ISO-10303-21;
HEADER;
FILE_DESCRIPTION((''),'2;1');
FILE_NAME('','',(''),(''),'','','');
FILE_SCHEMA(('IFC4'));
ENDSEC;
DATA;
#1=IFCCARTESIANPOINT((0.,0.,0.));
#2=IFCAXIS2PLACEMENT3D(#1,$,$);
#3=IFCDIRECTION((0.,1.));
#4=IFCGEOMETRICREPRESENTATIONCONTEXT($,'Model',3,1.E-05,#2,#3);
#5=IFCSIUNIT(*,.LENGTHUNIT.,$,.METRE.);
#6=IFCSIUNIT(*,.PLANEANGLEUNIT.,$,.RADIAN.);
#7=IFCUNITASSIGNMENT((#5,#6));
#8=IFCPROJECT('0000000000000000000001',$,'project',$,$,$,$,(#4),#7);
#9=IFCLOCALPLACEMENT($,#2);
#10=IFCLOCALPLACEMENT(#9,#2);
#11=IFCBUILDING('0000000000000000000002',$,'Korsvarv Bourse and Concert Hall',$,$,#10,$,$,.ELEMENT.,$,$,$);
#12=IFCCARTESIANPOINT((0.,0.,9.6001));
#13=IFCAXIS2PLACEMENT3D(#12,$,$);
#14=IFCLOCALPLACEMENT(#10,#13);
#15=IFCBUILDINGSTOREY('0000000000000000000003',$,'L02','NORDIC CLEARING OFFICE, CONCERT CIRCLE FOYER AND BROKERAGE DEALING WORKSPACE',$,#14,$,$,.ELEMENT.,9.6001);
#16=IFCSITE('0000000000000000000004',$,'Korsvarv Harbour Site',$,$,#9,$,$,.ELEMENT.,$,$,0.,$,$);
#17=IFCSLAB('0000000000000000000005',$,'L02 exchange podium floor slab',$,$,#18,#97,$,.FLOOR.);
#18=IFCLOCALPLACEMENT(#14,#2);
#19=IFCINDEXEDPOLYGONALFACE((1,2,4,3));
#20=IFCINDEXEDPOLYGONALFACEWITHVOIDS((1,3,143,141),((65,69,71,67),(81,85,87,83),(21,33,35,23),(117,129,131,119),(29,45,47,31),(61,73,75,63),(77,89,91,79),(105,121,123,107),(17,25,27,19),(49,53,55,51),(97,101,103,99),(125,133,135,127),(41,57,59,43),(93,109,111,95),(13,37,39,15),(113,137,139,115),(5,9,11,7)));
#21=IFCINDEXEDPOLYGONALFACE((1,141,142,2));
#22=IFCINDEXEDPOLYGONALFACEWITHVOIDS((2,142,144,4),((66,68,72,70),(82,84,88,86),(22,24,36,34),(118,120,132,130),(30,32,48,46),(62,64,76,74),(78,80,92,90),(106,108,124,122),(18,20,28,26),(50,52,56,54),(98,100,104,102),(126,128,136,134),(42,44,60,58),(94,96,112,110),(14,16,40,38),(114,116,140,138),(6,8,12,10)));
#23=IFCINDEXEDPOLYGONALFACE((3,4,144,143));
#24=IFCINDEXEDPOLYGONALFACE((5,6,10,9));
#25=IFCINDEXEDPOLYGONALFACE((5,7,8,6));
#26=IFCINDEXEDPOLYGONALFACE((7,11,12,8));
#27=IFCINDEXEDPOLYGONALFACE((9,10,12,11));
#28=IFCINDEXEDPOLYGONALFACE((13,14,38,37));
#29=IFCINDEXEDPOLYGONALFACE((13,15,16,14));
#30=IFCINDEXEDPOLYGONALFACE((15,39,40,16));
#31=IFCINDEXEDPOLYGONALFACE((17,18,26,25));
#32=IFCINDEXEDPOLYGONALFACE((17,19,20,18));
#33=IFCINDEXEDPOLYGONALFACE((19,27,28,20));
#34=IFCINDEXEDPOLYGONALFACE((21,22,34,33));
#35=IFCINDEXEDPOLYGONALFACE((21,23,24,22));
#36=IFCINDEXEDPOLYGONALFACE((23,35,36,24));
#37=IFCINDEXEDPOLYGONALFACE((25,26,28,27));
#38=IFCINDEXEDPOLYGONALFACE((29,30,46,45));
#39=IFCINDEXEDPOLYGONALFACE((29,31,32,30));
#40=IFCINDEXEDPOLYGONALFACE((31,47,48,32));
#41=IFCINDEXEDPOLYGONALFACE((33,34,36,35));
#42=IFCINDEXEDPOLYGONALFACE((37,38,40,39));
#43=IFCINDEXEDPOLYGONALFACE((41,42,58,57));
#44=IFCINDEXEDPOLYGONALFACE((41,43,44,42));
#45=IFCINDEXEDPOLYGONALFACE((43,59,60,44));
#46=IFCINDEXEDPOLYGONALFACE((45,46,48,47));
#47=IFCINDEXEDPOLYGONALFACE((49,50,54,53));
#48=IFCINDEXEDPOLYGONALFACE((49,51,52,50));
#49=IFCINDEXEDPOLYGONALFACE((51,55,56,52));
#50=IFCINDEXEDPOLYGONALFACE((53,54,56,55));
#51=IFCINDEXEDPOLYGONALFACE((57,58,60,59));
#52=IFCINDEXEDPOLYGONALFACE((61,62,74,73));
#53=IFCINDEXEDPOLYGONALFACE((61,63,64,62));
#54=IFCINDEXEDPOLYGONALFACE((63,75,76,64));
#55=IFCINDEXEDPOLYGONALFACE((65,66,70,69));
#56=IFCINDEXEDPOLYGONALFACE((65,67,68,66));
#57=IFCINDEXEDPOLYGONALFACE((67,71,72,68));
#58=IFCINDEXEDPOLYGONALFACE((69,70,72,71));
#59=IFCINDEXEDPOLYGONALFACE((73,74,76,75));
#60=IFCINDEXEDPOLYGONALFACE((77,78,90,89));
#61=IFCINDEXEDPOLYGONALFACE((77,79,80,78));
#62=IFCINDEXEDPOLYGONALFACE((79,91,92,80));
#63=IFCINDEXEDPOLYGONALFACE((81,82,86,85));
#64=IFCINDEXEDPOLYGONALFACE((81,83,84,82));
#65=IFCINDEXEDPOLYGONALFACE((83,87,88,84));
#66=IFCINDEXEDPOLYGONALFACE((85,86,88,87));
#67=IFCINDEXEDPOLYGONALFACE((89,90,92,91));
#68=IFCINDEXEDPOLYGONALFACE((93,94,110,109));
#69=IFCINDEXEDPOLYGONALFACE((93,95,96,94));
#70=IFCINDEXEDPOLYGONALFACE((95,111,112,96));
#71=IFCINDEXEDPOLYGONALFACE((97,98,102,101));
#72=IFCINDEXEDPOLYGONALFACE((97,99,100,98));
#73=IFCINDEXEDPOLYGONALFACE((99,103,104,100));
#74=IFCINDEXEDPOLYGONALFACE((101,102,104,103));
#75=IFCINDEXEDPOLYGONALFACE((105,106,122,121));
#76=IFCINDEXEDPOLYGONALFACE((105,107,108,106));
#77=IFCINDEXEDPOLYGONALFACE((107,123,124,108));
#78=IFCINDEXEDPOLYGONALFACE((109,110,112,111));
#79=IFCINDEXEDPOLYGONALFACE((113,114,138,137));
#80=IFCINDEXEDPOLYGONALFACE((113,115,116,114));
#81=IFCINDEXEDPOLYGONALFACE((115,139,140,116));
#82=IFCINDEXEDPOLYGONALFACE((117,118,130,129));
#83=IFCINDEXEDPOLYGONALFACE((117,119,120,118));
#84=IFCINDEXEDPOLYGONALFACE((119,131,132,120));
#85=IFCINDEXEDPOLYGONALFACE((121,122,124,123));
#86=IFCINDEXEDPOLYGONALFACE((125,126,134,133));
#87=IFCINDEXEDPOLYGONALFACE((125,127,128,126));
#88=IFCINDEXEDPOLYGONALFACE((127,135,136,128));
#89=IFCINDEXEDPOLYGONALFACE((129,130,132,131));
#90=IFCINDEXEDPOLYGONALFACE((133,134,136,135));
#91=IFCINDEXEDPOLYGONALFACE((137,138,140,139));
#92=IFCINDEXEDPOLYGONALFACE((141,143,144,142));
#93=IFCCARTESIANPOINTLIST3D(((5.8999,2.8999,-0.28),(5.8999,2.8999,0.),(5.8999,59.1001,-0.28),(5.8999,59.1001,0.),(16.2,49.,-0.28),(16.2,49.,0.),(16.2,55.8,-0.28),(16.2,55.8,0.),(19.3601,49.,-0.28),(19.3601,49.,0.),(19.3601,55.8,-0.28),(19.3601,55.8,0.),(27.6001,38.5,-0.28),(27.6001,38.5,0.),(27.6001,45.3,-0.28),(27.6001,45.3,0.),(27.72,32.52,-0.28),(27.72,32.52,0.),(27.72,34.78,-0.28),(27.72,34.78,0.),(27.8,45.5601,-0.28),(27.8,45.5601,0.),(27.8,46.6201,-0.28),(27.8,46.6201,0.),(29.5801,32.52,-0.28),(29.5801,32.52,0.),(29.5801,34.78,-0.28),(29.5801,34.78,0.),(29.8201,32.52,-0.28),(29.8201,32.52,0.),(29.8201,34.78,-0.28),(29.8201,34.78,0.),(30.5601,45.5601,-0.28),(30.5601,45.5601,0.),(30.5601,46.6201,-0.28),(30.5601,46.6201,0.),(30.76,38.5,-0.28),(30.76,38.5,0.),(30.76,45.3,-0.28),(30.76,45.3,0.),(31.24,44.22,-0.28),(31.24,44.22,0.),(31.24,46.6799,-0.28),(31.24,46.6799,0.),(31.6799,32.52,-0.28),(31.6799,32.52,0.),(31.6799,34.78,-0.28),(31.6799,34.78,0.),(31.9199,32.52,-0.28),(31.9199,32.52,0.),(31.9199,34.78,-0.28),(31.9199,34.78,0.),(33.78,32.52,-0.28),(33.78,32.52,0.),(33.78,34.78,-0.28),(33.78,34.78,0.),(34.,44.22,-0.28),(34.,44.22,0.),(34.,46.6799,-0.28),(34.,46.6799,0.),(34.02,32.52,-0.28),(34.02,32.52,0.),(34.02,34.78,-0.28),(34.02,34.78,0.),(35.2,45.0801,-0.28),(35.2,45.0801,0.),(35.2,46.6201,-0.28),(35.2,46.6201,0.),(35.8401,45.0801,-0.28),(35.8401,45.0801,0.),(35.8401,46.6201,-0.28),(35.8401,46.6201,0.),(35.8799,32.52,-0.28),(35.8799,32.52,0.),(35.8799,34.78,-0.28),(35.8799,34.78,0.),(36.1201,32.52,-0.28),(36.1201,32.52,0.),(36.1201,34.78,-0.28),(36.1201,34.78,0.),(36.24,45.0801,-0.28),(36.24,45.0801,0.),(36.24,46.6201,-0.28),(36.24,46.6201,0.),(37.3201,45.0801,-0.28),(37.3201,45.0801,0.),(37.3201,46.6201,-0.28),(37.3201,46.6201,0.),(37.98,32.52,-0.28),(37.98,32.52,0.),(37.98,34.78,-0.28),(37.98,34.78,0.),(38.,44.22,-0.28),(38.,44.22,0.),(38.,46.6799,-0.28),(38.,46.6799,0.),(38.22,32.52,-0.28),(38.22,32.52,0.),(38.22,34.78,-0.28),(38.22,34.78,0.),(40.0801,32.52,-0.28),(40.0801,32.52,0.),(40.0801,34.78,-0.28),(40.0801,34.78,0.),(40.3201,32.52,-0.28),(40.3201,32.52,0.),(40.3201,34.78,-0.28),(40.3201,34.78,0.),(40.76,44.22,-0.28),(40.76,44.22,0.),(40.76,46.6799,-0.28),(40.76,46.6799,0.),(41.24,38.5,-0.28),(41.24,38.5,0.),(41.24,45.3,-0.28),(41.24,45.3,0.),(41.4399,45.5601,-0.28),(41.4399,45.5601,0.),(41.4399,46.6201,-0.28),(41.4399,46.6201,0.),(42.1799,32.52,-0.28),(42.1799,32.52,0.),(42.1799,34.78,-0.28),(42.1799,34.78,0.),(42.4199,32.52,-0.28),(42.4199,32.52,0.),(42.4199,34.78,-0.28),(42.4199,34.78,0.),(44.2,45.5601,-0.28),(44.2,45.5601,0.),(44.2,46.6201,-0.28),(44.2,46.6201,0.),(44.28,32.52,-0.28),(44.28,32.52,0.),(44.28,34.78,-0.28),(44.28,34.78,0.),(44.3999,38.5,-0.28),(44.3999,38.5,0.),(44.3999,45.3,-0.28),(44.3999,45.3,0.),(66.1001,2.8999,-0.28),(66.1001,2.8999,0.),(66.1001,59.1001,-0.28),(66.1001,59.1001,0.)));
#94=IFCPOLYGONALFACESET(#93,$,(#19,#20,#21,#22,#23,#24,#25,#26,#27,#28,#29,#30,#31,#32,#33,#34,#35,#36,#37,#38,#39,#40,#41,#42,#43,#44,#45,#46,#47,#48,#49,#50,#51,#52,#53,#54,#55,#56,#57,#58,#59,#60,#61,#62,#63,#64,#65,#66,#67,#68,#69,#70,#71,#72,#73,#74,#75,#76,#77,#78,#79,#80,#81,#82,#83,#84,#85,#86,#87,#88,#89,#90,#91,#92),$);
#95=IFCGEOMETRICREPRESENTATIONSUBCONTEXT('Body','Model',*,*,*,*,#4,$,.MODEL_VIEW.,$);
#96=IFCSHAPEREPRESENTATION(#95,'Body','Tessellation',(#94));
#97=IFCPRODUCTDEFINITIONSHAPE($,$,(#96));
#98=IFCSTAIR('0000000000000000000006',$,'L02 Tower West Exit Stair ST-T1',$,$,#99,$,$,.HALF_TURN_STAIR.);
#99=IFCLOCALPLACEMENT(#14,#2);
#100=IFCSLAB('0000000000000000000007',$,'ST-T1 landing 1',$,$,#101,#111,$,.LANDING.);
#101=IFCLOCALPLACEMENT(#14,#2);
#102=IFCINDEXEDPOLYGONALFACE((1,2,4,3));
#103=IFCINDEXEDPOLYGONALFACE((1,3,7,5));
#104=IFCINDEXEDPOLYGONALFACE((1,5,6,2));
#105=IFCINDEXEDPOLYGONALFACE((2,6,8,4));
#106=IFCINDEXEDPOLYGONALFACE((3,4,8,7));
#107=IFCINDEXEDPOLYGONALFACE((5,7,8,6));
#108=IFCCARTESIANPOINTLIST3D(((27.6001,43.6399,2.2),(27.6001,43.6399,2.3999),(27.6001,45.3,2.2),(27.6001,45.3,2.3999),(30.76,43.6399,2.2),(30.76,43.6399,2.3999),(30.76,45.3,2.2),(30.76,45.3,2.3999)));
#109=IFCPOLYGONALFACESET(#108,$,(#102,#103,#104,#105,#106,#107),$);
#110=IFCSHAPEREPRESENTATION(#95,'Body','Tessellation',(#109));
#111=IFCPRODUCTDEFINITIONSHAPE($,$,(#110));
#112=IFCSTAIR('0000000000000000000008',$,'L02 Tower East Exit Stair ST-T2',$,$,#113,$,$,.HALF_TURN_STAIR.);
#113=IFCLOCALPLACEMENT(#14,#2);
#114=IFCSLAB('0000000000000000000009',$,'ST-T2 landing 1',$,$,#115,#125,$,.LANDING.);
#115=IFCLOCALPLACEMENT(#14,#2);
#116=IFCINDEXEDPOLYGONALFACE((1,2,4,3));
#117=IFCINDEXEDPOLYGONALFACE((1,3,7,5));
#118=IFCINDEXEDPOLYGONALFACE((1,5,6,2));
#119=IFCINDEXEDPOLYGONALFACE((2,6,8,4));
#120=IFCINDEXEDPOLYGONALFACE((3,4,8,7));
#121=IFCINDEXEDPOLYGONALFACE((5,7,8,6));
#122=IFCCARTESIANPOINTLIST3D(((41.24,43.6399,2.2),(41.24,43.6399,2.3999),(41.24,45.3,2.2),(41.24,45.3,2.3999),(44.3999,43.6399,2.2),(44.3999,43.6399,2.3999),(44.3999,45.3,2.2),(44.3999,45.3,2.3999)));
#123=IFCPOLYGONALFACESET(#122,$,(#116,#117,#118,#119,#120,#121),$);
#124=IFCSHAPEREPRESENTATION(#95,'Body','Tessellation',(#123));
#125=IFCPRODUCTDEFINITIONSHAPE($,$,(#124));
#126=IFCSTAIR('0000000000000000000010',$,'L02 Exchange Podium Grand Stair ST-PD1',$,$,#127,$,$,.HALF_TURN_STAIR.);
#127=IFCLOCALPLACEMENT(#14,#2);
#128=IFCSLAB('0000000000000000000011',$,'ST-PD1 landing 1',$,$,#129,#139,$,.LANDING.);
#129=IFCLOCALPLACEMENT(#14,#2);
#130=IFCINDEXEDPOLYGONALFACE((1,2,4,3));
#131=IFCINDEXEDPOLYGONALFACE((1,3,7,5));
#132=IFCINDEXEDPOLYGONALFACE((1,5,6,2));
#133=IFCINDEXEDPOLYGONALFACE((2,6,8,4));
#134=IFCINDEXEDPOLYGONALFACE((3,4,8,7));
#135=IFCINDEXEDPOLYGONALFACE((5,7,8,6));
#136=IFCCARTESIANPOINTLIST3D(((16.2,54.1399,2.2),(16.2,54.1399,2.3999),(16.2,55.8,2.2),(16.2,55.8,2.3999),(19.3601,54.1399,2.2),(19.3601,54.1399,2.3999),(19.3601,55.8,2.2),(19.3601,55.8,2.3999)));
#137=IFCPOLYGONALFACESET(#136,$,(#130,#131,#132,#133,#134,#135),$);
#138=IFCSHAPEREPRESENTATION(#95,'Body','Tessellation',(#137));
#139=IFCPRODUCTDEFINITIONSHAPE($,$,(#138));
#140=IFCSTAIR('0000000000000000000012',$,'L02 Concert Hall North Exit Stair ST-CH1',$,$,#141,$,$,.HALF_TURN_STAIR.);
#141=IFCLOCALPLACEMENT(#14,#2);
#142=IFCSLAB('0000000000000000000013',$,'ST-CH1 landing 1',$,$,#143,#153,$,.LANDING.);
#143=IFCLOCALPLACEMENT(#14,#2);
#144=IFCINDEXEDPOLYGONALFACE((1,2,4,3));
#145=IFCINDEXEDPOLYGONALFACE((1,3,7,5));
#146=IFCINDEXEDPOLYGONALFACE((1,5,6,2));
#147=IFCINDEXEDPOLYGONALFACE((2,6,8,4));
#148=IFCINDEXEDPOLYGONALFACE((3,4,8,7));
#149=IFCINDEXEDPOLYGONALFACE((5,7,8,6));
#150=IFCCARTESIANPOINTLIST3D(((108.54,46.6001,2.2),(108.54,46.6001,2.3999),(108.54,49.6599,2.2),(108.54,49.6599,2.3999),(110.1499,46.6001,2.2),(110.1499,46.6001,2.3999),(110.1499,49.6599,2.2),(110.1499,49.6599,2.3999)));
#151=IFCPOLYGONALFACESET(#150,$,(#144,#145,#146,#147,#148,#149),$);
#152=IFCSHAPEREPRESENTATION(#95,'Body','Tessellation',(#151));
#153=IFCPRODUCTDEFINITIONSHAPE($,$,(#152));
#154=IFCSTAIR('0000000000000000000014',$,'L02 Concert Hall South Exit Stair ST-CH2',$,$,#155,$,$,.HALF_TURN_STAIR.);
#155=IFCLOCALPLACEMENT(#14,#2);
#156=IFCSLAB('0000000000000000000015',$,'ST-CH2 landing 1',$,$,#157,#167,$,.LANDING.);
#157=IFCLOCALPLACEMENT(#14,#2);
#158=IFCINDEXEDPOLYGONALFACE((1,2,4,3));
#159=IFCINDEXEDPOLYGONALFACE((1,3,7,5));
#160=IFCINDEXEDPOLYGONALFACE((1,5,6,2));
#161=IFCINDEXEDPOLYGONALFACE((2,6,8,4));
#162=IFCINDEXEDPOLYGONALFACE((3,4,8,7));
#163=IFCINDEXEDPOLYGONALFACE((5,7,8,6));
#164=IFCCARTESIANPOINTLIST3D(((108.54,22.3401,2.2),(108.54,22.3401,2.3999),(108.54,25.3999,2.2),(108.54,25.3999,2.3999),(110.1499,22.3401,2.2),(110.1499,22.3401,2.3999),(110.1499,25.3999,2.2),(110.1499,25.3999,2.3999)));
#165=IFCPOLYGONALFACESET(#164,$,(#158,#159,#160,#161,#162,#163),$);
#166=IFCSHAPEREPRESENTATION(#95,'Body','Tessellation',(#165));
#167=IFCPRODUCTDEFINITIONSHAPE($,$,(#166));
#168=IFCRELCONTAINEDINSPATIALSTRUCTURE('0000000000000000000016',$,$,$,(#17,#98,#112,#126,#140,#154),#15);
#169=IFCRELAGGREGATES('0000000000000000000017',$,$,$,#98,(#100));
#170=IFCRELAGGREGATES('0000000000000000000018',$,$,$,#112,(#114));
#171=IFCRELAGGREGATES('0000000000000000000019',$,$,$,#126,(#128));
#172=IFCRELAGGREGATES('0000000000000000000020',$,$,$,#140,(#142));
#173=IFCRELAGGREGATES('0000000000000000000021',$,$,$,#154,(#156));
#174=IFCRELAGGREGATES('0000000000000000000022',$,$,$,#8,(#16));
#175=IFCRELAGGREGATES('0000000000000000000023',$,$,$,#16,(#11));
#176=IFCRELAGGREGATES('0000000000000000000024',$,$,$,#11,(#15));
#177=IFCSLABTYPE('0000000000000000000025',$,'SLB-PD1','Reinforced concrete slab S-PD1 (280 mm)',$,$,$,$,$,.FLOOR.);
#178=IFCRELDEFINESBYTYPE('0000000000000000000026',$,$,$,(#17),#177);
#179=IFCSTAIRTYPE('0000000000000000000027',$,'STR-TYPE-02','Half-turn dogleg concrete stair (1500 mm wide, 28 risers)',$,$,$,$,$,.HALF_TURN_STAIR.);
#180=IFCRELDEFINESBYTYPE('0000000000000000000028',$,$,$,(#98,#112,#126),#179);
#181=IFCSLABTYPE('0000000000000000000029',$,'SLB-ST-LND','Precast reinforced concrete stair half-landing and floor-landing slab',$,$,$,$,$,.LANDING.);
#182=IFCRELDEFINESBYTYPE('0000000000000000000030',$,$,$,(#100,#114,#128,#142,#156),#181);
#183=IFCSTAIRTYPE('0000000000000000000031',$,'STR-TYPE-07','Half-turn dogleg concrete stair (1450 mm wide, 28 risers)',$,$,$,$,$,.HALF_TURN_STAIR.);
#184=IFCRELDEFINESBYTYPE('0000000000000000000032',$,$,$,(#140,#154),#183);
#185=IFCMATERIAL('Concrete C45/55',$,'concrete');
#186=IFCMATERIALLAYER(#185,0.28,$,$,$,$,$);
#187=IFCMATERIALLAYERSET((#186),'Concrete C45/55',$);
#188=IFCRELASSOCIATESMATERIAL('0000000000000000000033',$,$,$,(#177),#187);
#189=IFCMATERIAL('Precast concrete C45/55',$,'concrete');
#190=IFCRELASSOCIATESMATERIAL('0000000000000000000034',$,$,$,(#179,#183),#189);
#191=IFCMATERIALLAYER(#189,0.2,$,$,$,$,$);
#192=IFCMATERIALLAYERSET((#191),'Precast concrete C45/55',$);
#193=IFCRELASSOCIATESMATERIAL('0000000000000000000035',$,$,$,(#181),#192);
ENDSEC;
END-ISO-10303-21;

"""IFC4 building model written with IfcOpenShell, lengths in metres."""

from ifc_helpers import new_model, si_unit, direction, frame, origin, place, context, subcontext, project, spatial, polyline, outline, extrude, material, layer, layer_set, type_object, element, aggregate, save


model = new_model("IFC4")

# Units and contexts
model_context = context("Model", 3, precision=1e-05, world=origin(), true_north=direction((0.0, 1.0)))
body_context = subcontext(model_context, "Body", "Model", "MODEL_VIEW")
ifc_project = project(units=[si_unit("LENGTHUNIT", "METRE"), si_unit("PLANEANGLEUNIT", "RADIAN")], contexts=[model_context])

# Site, building, storey
site_placement = place(None, origin())
site = spatial("IfcSite", under=ifc_project, at=site_placement, Name="Korsvarv Harbour Site", CompositionType="ELEMENT", RefElevation=0.0)
building_placement = place(site_placement, origin())
building = spatial("IfcBuilding", under=site, at=building_placement, Name="Korsvarv Bourse and Concert Hall", CompositionType="ELEMENT")
storey_placement = place(building_placement, frame((0.0, 0.0, 9.6001)))
storey = spatial("IfcBuildingStorey", under=building, at=storey_placement, Name="L02", Description="NORDIC CLEARING OFFICE, CONCERT CIRCLE FOYER AND BROKERAGE DEALING WORKSPACE", CompositionType="ELEMENT", Elevation=9.6001)

# Slab
ifc_material_1 = material(Name="Concrete C45/55", Category="concrete")
ifc_material_2 = material(Name="Precast concrete C45/55", Category="concrete")
ifc_layer_1 = layer(ifc_material_1, 0.28)
ifc_layer_set_1 = layer_set([ifc_layer_1], Name="Concrete C45/55")
slab_type_1 = type_object("IfcSlabType", Name="SLB-PD1", Description="Reinforced concrete slab S-PD1 (280 mm)", PredefinedType="FLOOR", material=ifc_layer_set_1)
slab_1_placement = place(storey_placement, frame((0.0, 0.0, -0.28)))
element("IfcSlab", 1, at=slab_1_placement, inside=storey, type_object=slab_type_1, Name="L02 exchange podium floor slab", PredefinedType="FLOOR", context=body_context, shape_type="SweptSolid", body=[
    extrude(outline(polyline([(66.1001, 2.8999), (66.1001, 59.1001), (5.8999, 59.1001), (5.8999, 2.8999), (66.1001, 2.8999)]), holes=[polyline([(30.76, 38.5), (30.76, 45.3), (27.6001, 45.3), (27.6001, 38.5), (30.76, 38.5)]), polyline([(44.3999, 38.5), (44.3999, 45.3), (41.24, 45.3), (41.24, 38.5), (44.3999, 38.5)]), polyline([(19.3601, 49.0), (19.3601, 55.8), (16.2, 55.8), (16.2, 49.0), (19.3601, 49.0)]), polyline([(31.24, 44.22), (34.0, 44.22), (34.0, 46.6799), (31.24, 46.6799), (31.24, 44.22)]), polyline([(38.0, 44.22), (40.76, 44.22), (40.76, 46.6799), (38.0, 46.6799), (38.0, 44.22)]), polyline([(27.72, 32.52), (29.5801, 32.52), (29.5801, 34.78), (27.72, 34.78), (27.72, 32.52)]), polyline([(29.8201, 32.52), (31.6799, 32.52), (31.6799, 34.78), (29.8201, 34.78), (29.8201, 32.52)]), polyline([(31.9199, 32.52), (33.78, 32.52), (33.78, 34.78), (31.9199, 34.78), (31.9199, 32.52)]), polyline([(34.02, 32.52), (35.8799, 32.52), (35.8799, 34.78), (34.02, 34.78), (34.02, 32.52)]), polyline([(36.1201, 32.52), (37.98, 32.52), (37.98, 34.78), (36.1201, 34.78), (36.1201, 32.52)]), polyline([(38.22, 32.52), (40.0801, 32.52), (40.0801, 34.78), (38.22, 34.78), (38.22, 32.52)]), polyline([(40.3201, 32.52), (42.1799, 32.52), (42.1799, 34.78), (40.3201, 34.78), (40.3201, 32.52)]), polyline([(42.4199, 32.52), (44.28, 32.52), (44.28, 34.78), (42.4199, 34.78), (42.4199, 32.52)]), polyline([(27.8, 45.5601), (30.5601, 45.5601), (30.5601, 46.6201), (27.8, 46.6201), (27.8, 45.5601)]), polyline([(41.4399, 45.5601), (44.2, 45.5601), (44.2, 46.6201), (41.4399, 46.6201), (41.4399, 45.5601)]), polyline([(35.2, 45.0801), (35.8401, 45.0801), (35.8401, 46.6201), (35.2, 46.6201), (35.2, 45.0801)]), polyline([(36.24, 45.0801), (37.3201, 45.0801), (37.3201, 46.6201), (36.24, 46.6201), (36.24, 45.0801)])]), origin(), (0.0, 0.0, 1.0), 0.28),
])

# Stairs, slabs
stair_type_1 = type_object("IfcStairType", Name="STR-TYPE-02", Description="Half-turn dogleg concrete stair (1500 mm wide, 28 risers)", PredefinedType="HALF_TURN_STAIR", material=ifc_material_2)
stair_1_placement = place(storey_placement, origin())
stair_1 = element("IfcStair", 2, at=stair_1_placement, inside=storey, type_object=stair_type_1, Name="L02 Tower West Exit Stair ST-T1", PredefinedType="HALF_TURN_STAIR")
ifc_layer_2 = layer(ifc_material_2, 0.2)
ifc_layer_set_2 = layer_set([ifc_layer_2], Name="Precast concrete C45/55")
slab_type_2 = type_object("IfcSlabType", Name="SLB-ST-LND", Description="Precast reinforced concrete stair half-landing and floor-landing slab", PredefinedType="LANDING", material=ifc_layer_set_2)
slab_2_placement = place(storey_placement, frame((0.0, 0.0, 2.2)))
slab_2 = element("IfcSlab", 3, at=slab_2_placement, type_object=slab_type_2, Name="ST-T1 landing 1", PredefinedType="LANDING", context=body_context, shape_type="SweptSolid", body=[
    extrude(outline(polyline([(30.76, 43.6399), (30.76, 45.3), (27.6001, 45.3), (27.6001, 43.6399), (30.76, 43.6399)])), origin(), (0.0, 0.0, 1.0), 0.2),
])
aggregate(stair_1, [slab_2])
stair_2_placement = place(storey_placement, origin())
stair_2 = element("IfcStair", 4, at=stair_2_placement, inside=storey, type_object=stair_type_1, Name="L02 Tower East Exit Stair ST-T2", PredefinedType="HALF_TURN_STAIR")
slab_3_placement = place(storey_placement, frame((0.0, 0.0, 2.2)))
slab_3 = element("IfcSlab", 5, at=slab_3_placement, type_object=slab_type_2, Name="ST-T2 landing 1", PredefinedType="LANDING", context=body_context, shape_type="SweptSolid", body=[
    extrude(outline(polyline([(44.3999, 43.6399), (44.3999, 45.3), (41.24, 45.3), (41.24, 43.6399), (44.3999, 43.6399)])), origin(), (0.0, 0.0, 1.0), 0.2),
])
aggregate(stair_2, [slab_3])
stair_3_placement = place(storey_placement, origin())
stair_3 = element("IfcStair", 6, at=stair_3_placement, inside=storey, type_object=stair_type_1, Name="L02 Exchange Podium Grand Stair ST-PD1", PredefinedType="HALF_TURN_STAIR")
slab_4_placement = place(storey_placement, frame((0.0, 0.0, 2.2)))
slab_4 = element("IfcSlab", 7, at=slab_4_placement, type_object=slab_type_2, Name="ST-PD1 landing 1", PredefinedType="LANDING", context=body_context, shape_type="SweptSolid", body=[
    extrude(outline(polyline([(19.3601, 54.1399), (19.3601, 55.8), (16.2, 55.8), (16.2, 54.1399), (19.3601, 54.1399)])), origin(), (0.0, 0.0, 1.0), 0.2),
])
aggregate(stair_3, [slab_4])
stair_type_2 = type_object("IfcStairType", Name="STR-TYPE-07", Description="Half-turn dogleg concrete stair (1450 mm wide, 28 risers)", PredefinedType="HALF_TURN_STAIR", material=ifc_material_2)
stair_4_placement = place(storey_placement, origin())
stair_4 = element("IfcStair", 8, at=stair_4_placement, inside=storey, type_object=stair_type_2, Name="L02 Concert Hall North Exit Stair ST-CH1", PredefinedType="HALF_TURN_STAIR")
slab_5_placement = place(storey_placement, frame((0.0, 0.0, 2.2)))
slab_5 = element("IfcSlab", 9, at=slab_5_placement, type_object=slab_type_2, Name="ST-CH1 landing 1", PredefinedType="LANDING", context=body_context, shape_type="SweptSolid", body=[
    extrude(outline(polyline([(108.54, 46.6001), (110.1499, 46.6001), (110.1499, 49.6599), (108.54, 49.6599), (108.54, 46.6001)])), origin(), (0.0, 0.0, 1.0), 0.2),
])
aggregate(stair_4, [slab_5])
stair_5_placement = place(storey_placement, origin())
stair_5 = element("IfcStair", 10, at=stair_5_placement, inside=storey, type_object=stair_type_2, Name="L02 Concert Hall South Exit Stair ST-CH2", PredefinedType="HALF_TURN_STAIR")
slab_6_placement = place(storey_placement, frame((0.0, 0.0, 2.2)))
slab_6 = element("IfcSlab", 11, at=slab_6_placement, type_object=slab_type_2, Name="ST-CH2 landing 1", PredefinedType="LANDING", context=body_context, shape_type="SweptSolid", body=[
    extrude(outline(polyline([(108.54, 22.3401), (110.1499, 22.3401), (110.1499, 25.3999), (108.54, 25.3999), (108.54, 22.3401)])), origin(), (0.0, 0.0, 1.0), 0.2),
])
aggregate(stair_5, [slab_6])

save(model, "model.ifc")
